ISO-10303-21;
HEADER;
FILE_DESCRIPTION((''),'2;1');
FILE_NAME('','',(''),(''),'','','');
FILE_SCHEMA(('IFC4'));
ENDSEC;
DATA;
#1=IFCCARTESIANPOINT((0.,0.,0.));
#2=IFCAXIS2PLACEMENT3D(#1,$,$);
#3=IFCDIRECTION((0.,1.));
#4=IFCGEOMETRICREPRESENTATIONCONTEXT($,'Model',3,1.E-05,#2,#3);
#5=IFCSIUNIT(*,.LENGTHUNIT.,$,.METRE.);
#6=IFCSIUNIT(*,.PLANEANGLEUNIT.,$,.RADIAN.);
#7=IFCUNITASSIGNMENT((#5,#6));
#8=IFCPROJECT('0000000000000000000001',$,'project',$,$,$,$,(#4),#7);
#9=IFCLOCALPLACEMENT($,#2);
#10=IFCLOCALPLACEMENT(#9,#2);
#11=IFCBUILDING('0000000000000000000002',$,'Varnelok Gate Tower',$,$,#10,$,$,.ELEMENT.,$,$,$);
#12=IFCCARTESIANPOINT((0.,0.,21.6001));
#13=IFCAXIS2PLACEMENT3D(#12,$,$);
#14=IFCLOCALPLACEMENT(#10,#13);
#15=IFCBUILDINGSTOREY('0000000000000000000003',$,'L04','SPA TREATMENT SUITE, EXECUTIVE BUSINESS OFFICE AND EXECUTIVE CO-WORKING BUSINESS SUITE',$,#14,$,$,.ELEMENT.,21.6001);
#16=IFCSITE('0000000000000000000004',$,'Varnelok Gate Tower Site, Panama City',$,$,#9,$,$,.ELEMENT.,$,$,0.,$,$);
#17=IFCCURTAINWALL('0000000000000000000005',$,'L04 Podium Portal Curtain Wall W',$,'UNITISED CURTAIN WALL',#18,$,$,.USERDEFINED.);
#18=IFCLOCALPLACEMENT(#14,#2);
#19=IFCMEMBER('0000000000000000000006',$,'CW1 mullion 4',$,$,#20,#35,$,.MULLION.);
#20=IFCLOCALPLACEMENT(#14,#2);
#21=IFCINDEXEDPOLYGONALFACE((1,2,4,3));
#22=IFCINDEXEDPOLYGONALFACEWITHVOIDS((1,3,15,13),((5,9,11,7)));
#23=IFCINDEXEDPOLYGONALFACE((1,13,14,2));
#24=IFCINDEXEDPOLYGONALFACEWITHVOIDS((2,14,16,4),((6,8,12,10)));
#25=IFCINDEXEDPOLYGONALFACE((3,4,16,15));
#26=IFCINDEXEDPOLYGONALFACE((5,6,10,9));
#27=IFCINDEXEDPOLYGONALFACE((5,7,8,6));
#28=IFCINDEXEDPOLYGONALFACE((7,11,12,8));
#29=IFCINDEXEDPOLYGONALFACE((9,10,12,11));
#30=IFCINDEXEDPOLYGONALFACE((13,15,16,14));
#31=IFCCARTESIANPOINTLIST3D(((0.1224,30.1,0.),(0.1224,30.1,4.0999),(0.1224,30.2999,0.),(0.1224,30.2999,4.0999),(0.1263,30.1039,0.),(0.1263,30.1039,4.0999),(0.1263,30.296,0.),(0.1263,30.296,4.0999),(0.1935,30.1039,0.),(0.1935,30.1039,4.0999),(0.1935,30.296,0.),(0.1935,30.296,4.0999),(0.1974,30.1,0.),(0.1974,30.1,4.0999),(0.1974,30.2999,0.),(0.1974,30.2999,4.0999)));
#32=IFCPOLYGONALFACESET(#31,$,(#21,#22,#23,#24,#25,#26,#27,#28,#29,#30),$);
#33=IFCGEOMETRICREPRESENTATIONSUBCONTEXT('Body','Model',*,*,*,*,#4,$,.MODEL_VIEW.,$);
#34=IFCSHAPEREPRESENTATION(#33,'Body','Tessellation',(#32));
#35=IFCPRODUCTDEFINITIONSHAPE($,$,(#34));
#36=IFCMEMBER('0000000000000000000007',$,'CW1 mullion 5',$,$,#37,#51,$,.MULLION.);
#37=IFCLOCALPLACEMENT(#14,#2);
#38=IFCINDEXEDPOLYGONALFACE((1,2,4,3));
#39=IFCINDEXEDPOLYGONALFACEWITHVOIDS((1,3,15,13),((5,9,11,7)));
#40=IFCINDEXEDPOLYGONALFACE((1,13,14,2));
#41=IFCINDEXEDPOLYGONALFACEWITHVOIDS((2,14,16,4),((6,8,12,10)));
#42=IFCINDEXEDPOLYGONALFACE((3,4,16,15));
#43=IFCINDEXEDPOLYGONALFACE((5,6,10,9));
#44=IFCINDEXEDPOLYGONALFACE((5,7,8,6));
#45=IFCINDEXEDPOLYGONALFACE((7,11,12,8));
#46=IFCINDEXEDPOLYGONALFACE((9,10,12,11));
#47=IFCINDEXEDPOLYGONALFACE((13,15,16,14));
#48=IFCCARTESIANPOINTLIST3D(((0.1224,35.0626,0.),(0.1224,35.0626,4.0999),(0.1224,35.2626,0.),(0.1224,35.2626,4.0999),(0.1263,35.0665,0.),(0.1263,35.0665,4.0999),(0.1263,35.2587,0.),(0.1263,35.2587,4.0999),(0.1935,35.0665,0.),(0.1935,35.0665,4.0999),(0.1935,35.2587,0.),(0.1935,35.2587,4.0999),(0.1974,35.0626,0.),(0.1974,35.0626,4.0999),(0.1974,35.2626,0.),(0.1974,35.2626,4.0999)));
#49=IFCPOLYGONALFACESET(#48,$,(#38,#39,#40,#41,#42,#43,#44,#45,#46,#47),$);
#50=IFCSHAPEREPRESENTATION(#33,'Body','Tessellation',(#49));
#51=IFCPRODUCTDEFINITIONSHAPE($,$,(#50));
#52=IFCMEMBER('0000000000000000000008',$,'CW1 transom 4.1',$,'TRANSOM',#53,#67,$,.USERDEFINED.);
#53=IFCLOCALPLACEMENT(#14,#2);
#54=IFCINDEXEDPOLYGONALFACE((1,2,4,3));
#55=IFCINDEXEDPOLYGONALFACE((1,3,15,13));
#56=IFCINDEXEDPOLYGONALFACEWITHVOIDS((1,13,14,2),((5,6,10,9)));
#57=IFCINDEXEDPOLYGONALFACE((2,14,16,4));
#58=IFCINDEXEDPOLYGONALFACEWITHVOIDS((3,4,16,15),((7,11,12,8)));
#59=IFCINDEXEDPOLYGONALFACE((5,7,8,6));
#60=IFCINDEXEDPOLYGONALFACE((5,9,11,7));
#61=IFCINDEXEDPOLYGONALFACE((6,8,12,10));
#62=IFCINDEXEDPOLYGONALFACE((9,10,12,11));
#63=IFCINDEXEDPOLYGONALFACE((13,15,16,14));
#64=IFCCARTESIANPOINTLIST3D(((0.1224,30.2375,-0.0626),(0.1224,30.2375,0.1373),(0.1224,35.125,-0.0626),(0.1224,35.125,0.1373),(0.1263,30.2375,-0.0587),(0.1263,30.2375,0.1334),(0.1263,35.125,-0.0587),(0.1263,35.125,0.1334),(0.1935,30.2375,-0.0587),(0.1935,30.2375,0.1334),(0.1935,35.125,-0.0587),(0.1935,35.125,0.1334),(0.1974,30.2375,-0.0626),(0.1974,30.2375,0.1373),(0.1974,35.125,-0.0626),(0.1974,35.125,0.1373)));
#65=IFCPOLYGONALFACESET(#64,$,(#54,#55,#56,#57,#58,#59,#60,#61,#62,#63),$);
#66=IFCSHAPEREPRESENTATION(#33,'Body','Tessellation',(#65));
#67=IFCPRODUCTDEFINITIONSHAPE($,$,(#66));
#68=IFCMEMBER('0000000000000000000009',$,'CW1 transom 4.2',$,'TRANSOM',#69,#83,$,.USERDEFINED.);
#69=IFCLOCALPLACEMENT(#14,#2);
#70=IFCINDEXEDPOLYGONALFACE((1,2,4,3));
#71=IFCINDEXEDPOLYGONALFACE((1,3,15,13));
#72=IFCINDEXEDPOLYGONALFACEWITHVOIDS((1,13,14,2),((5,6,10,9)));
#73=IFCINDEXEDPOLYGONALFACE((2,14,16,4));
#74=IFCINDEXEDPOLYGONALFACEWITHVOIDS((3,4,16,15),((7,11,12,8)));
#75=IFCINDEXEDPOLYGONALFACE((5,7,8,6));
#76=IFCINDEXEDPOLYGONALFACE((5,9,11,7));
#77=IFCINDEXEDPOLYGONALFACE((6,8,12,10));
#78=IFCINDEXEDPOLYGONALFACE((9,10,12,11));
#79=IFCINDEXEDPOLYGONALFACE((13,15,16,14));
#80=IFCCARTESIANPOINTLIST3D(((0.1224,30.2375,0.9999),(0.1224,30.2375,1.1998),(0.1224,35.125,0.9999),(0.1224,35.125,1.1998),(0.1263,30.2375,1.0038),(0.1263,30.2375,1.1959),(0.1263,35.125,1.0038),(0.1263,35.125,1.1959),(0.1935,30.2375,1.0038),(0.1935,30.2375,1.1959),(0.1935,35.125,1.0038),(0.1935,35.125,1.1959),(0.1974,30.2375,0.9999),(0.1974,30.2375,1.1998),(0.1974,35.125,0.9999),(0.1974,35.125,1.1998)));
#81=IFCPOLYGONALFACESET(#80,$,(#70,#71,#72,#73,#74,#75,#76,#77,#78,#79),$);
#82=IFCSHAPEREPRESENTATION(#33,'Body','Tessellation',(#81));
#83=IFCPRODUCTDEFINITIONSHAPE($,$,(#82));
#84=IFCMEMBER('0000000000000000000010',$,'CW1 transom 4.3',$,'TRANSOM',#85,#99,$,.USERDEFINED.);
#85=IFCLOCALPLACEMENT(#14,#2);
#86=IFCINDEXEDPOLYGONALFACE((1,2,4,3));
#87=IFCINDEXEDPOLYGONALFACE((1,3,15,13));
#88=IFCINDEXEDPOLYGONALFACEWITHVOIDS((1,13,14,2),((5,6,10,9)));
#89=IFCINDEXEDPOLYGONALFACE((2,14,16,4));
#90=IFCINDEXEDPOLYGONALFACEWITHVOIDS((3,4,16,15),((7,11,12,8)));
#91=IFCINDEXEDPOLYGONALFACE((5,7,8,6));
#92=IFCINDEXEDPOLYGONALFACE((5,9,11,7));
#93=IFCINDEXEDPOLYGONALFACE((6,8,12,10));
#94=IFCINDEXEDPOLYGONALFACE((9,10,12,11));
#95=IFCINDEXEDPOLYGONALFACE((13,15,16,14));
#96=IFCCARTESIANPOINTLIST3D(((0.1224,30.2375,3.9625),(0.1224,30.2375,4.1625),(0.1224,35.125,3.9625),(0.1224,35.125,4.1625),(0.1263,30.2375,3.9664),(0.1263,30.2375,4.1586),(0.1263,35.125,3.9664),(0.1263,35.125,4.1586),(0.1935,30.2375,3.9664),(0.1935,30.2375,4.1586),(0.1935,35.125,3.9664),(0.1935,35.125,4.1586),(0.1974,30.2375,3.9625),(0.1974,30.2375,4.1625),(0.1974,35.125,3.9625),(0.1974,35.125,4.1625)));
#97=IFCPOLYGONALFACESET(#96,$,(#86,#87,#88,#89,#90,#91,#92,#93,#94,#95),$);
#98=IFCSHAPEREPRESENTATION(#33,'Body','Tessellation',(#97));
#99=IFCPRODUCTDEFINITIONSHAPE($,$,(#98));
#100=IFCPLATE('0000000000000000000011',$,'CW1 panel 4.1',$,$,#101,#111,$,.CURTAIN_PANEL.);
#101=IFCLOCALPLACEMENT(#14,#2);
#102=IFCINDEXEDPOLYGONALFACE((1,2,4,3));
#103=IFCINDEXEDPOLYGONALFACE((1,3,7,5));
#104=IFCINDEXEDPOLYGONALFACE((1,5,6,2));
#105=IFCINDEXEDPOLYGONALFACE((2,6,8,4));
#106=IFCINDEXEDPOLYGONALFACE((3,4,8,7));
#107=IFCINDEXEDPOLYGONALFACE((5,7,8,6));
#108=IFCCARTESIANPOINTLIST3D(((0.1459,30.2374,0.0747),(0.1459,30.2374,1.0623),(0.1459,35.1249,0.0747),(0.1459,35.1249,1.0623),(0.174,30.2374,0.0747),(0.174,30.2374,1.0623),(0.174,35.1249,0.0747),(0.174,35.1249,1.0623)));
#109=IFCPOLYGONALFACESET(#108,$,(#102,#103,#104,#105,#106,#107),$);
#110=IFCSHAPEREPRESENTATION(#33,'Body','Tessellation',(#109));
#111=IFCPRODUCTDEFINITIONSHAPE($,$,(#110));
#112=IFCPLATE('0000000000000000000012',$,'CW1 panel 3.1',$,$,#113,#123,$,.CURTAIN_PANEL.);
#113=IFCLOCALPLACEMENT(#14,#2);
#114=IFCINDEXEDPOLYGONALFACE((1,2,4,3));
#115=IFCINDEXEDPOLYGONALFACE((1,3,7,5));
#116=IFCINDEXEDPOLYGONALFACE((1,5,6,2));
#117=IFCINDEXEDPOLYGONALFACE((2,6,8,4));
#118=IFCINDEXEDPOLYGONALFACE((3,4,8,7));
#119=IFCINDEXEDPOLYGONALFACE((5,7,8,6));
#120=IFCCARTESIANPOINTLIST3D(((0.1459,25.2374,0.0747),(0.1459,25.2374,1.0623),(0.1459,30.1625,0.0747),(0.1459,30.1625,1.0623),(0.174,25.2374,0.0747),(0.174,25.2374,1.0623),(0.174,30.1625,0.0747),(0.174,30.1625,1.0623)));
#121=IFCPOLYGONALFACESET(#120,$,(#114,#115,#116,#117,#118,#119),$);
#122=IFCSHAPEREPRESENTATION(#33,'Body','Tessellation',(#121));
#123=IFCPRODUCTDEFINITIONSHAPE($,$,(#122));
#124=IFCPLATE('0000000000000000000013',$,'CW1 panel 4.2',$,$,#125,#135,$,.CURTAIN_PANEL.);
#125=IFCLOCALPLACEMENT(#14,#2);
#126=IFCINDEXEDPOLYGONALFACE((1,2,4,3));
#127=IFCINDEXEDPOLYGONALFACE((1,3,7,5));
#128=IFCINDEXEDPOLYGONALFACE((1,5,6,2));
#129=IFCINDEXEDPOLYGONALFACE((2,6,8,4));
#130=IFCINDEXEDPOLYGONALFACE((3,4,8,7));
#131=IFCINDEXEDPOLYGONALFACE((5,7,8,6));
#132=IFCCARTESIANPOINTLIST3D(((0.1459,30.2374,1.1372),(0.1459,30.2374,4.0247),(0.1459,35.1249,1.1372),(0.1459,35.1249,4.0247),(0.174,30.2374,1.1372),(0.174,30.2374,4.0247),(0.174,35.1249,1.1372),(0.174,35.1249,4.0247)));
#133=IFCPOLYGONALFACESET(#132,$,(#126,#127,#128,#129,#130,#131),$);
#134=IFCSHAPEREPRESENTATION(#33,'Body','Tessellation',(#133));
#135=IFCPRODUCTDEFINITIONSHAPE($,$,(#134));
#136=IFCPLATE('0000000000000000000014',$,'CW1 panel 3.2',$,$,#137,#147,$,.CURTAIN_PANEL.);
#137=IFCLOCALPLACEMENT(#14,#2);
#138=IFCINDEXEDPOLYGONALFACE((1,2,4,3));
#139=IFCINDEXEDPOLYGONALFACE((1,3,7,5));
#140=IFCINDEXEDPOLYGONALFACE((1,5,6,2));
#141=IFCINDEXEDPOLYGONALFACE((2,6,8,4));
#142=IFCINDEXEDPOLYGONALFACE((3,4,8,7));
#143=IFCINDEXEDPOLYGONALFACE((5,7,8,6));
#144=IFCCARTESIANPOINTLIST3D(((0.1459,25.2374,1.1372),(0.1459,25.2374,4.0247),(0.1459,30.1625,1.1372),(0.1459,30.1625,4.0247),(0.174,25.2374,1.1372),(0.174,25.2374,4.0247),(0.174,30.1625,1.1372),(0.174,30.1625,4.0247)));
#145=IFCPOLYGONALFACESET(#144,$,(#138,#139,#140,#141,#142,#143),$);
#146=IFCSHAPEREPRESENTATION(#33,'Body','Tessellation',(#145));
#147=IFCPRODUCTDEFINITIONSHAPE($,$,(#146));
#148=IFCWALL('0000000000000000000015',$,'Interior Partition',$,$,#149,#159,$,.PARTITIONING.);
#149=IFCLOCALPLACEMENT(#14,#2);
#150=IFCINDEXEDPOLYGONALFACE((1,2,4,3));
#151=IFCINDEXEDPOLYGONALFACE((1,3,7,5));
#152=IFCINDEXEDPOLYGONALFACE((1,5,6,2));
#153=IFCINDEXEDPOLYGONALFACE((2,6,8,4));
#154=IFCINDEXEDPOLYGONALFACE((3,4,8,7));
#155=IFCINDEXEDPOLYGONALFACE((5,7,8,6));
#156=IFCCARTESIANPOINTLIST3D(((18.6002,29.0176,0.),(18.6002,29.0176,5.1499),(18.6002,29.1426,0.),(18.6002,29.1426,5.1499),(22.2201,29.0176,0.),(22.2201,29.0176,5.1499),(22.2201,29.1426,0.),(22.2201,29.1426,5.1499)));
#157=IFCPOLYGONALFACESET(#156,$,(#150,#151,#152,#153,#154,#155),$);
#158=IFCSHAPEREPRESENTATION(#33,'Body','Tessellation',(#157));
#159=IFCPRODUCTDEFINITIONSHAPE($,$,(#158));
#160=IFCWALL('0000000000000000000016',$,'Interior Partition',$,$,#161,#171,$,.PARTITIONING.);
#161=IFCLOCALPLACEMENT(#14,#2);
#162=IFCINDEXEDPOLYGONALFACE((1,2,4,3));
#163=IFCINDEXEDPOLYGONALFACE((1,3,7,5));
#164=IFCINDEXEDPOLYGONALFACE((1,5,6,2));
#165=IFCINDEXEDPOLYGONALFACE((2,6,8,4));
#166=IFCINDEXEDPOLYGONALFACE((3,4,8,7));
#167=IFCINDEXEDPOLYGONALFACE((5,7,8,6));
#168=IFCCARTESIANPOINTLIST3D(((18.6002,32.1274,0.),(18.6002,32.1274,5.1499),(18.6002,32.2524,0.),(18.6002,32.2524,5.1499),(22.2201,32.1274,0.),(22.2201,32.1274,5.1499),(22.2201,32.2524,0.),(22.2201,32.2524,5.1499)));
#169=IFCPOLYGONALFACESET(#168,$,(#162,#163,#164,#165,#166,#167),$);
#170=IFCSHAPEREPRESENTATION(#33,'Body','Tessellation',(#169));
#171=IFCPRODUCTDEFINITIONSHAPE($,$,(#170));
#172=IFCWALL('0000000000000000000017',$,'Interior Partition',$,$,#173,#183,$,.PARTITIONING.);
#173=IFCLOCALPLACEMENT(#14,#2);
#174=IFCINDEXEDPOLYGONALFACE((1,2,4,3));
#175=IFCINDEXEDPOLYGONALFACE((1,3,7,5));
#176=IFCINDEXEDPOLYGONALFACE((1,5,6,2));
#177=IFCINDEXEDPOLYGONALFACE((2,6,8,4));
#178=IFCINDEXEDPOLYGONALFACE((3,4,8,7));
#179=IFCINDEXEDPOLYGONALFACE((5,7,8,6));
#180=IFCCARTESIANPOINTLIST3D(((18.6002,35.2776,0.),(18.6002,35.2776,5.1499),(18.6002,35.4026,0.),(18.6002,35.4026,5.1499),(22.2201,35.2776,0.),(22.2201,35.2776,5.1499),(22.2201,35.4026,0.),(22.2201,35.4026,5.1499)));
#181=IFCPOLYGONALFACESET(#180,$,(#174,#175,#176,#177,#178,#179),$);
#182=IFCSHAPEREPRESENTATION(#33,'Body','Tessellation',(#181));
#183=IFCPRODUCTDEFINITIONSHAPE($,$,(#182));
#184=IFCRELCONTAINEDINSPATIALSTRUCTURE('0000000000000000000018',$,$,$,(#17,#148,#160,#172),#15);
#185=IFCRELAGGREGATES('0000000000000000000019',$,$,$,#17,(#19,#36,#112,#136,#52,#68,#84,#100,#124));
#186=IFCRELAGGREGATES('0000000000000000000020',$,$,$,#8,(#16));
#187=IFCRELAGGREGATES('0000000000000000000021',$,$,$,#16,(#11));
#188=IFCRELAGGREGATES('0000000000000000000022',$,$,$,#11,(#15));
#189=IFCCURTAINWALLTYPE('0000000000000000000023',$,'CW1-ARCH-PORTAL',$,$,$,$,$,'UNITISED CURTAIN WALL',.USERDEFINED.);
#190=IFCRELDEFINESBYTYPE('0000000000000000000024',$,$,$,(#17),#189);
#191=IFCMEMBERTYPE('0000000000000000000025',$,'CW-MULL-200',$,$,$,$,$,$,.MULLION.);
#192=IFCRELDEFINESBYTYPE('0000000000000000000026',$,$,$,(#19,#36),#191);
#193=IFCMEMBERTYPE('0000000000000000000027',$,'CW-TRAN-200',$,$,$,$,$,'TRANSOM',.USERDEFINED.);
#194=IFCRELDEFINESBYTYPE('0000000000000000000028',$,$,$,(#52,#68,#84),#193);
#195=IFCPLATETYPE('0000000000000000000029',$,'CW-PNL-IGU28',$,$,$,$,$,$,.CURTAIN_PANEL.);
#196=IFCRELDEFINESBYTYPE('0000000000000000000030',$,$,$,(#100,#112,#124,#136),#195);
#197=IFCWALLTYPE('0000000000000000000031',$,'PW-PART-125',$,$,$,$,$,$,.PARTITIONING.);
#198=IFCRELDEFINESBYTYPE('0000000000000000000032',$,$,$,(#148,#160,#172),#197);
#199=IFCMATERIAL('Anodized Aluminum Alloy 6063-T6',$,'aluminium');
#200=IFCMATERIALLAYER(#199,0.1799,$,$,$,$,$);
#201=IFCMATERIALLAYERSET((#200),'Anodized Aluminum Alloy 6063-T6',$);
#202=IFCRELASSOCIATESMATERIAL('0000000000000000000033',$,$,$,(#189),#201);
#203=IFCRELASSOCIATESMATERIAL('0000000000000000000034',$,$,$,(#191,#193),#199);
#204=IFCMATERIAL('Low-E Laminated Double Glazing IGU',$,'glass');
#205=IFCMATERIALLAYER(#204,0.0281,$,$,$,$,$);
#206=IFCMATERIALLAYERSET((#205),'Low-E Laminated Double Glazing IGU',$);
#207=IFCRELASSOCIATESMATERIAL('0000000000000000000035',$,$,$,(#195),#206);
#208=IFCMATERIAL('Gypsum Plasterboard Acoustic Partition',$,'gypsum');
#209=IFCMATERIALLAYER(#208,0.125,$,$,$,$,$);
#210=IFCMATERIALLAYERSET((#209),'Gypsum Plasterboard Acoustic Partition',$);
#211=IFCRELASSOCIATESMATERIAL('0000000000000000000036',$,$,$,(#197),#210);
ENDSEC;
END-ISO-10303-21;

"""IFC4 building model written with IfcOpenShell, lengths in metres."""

from ifc_helpers import new_model, si_unit, direction, frame, frame_2d, origin, origin_2d, place, context, subcontext, project, spatial, rectangle, hollow_rectangle, extrude, source, transform, mapped, material, layer, layer_set, material_profile, profile_set, type_object, element, aggregate, save


model = new_model("IFC4")

# Units and contexts
model_context = context("Model", 3, precision=1e-05, world=origin(), true_north=direction((0.0, 1.0)))
body_context = subcontext(model_context, "Body", "Model", "MODEL_VIEW")
ifc_project = project(units=[si_unit("LENGTHUNIT", "METRE"), si_unit("PLANEANGLEUNIT", "RADIAN")], contexts=[model_context])

# Site, building, storey
site_placement = place(None, origin())
site = spatial("IfcSite", under=ifc_project, at=site_placement, Name="Varnelok Gate Tower Site, Panama City", CompositionType="ELEMENT", RefElevation=0.0)
building_placement = place(site_placement, origin())
building = spatial("IfcBuilding", under=site, at=building_placement, Name="Varnelok Gate Tower", CompositionType="ELEMENT")
storey_placement = place(building_placement, frame((0.0, 0.0, 21.6001)))
storey = spatial("IfcBuildingStorey", under=building, at=storey_placement, Name="L04", Description="SPA TREATMENT SUITE, EXECUTIVE BUSINESS OFFICE AND EXECUTIVE CO-WORKING BUSINESS SUITE", CompositionType="ELEMENT", Elevation=21.6001)

# Curtain wall, members, plates
ifc_material_1 = material(Name="Anodized Aluminum Alloy 6063-T6", Category="aluminium")
ifc_layer_1 = layer(ifc_material_1, 0.1799)
ifc_layer_set_1 = layer_set([ifc_layer_1], Name="Anodized Aluminum Alloy 6063-T6")
curtain_wall_type = type_object("IfcCurtainWallType", Name="CW1-ARCH-PORTAL", ElementType="UNITISED CURTAIN WALL", PredefinedType="USERDEFINED", material=ifc_layer_set_1)
curtain_wall_placement = place(storey_placement, origin())
curtain_wall = element("IfcCurtainWall", 1, at=curtain_wall_placement, inside=storey, type_object=curtain_wall_type, Name="L04 Podium Portal Curtain Wall W", ObjectType="UNITISED CURTAIN WALL", PredefinedType="USERDEFINED")
ifc_material_profile_1 = material_profile(ifc_material_1, hollow_rectangle(XDim=0.075, YDim=0.2, WallThickness=0.0039, at=origin_2d()), Name="ALU200X75X4")
ifc_profile_set_1 = profile_set([ifc_material_profile_1], Name="Anodized Aluminum Alloy 6063-T6")
member_type_1 = type_object("IfcMemberType", Name="CW-MULL-200", PredefinedType="MULLION", material=ifc_profile_set_1)
member_1_placement = place(storey_placement, frame((0.1599, 30.2, 0.0), z_axis=(0.0, 0.0, 1.0), x_axis=(-1.0, 0.0, 0.0)))
member_1 = element("IfcMember", 2, at=member_1_placement, type_object=member_type_1, Name="CW1 mullion 4", PredefinedType="MULLION", context=body_context, shape_type="SweptSolid", body=[
    extrude(hollow_rectangle(XDim=0.075, YDim=0.2, WallThickness=0.0039, at=origin_2d()), origin(), (0.0, 0.0, 1.0), 4.0999),
])
member_2_placement = place(storey_placement, frame((0.1599, 35.1626, 0.0), z_axis=(0.0, 0.0, 1.0), x_axis=(-1.0, 0.0, 0.0)))
member_2 = element("IfcMember", 3, at=member_2_placement, type_object=member_type_1, Name="CW1 mullion 5", PredefinedType="MULLION", context=body_context, shape_type="SweptSolid", body=[
    extrude(hollow_rectangle(XDim=0.075, YDim=0.2, WallThickness=0.0039, at=origin_2d()), origin(), (0.0, 0.0, 1.0), 4.0999),
])
ifc_material_profile_2 = material_profile(ifc_material_1, hollow_rectangle(XDim=0.075, YDim=0.2, WallThickness=0.0039, at=origin_2d()), Name="ALU200X75X4")
ifc_profile_set_2 = profile_set([ifc_material_profile_2], Name="Anodized Aluminum Alloy 6063-T6")
member_type_2 = type_object("IfcMemberType", Name="CW-TRAN-200", ElementType="TRANSOM", PredefinedType="USERDEFINED", material=ifc_profile_set_2)
member_3_placement = place(storey_placement, frame((0.1599, 30.2375, 0.0374), z_axis=(0.0, 1.0, 0.0), x_axis=(-1.0, 0.0, 0.0)))
member_3 = element("IfcMember", 4, at=member_3_placement, type_object=member_type_2, Name="CW1 transom 4.1", ObjectType="TRANSOM", PredefinedType="USERDEFINED", context=body_context, shape_type="SweptSolid", body=[
    extrude(hollow_rectangle(XDim=0.075, YDim=0.2, WallThickness=0.0039, at=origin_2d()), origin(), (0.0, 0.0, 1.0), 4.8875),
])
member_4_placement = place(storey_placement, frame((0.1599, 30.2375, 1.0999), z_axis=(0.0, 1.0, 0.0), x_axis=(-1.0, 0.0, 0.0)))
member_4 = element("IfcMember", 5, at=member_4_placement, type_object=member_type_2, Name="CW1 transom 4.2", ObjectType="TRANSOM", PredefinedType="USERDEFINED", context=body_context, shape_type="SweptSolid", body=[
    extrude(hollow_rectangle(XDim=0.075, YDim=0.2, WallThickness=0.0039, at=origin_2d()), origin(), (0.0, 0.0, 1.0), 4.8875),
])
member_5_placement = place(storey_placement, frame((0.1599, 30.2375, 4.0625), z_axis=(0.0, 1.0, 0.0), x_axis=(-1.0, 0.0, 0.0)))
member_5 = element("IfcMember", 6, at=member_5_placement, type_object=member_type_2, Name="CW1 transom 4.3", ObjectType="TRANSOM", PredefinedType="USERDEFINED", context=body_context, shape_type="SweptSolid", body=[
    extrude(hollow_rectangle(XDim=0.075, YDim=0.2, WallThickness=0.0039, at=origin_2d()), origin(), (0.0, 0.0, 1.0), 4.8875),
])
ifc_material_2 = material(Name="Low-E Laminated Double Glazing IGU", Category="glass")
ifc_layer_2 = layer(ifc_material_2, 0.0281)
ifc_layer_set_2 = layer_set([ifc_layer_2], Name="Low-E Laminated Double Glazing IGU")
plate_type = type_object("IfcPlateType", Name="CW-PNL-IGU28", PredefinedType="CURTAIN_PANEL", material=ifc_layer_set_2)
shared_shape_1 = source(origin(), body_context, "Body", "SweptSolid", [
    extrude(rectangle(XDim=4.8875, YDim=0.0281, at=origin_2d()), origin(), (0.0, 0.0, 1.0), 0.9875),
])
plate_1_placement = place(storey_placement, frame((0.1599, 32.6812, 0.0747), z_axis=(0.0, 0.0, 1.0), x_axis=(0.0, 1.0, 0.0)))
plate_1 = element("IfcPlate", 7, at=plate_1_placement, type_object=plate_type, Name="CW1 panel 4.1", PredefinedType="CURTAIN_PANEL", context=body_context, shape_type="MappedRepresentation", body=[
    mapped(shared_shape_1, transform((0.0, 0.0, 0.0), scale=1.0)),
])
shared_shape_2 = source(origin(), body_context, "Body", "SweptSolid", [
    extrude(rectangle(XDim=4.925, YDim=0.0281, at=origin_2d()), origin(), (0.0, 0.0, 1.0), 0.9875),
])
plate_2_placement = place(storey_placement, frame((0.1599, 27.7, 0.0747), z_axis=(0.0, 0.0, 1.0), x_axis=(0.0, 1.0, 0.0)))
plate_2 = element("IfcPlate", 8, at=plate_2_placement, type_object=plate_type, Name="CW1 panel 3.1", PredefinedType="CURTAIN_PANEL", context=body_context, shape_type="MappedRepresentation", body=[
    mapped(shared_shape_2, transform((0.0, 0.0, 0.0), scale=1.0)),
])
shared_shape_3 = source(origin(), body_context, "Body", "SweptSolid", [
    extrude(rectangle(XDim=4.8875, YDim=0.0281, at=origin_2d()), origin(), (0.0, 0.0, 1.0), 2.8875),
])
plate_3_placement = place(storey_placement, frame((0.1599, 32.6812, 1.1372), z_axis=(0.0, 0.0, 1.0), x_axis=(0.0, 1.0, 0.0)))
plate_3 = element("IfcPlate", 9, at=plate_3_placement, type_object=plate_type, Name="CW1 panel 4.2", PredefinedType="CURTAIN_PANEL", context=body_context, shape_type="MappedRepresentation", body=[
    mapped(shared_shape_3, transform((0.0, 0.0, 0.0), scale=1.0)),
])
shared_shape_4 = source(origin(), body_context, "Body", "SweptSolid", [
    extrude(rectangle(XDim=4.925, YDim=0.0281, at=origin_2d()), origin(), (0.0, 0.0, 1.0), 2.8875),
])
plate_4_placement = place(storey_placement, frame((0.1599, 27.7, 1.1372), z_axis=(0.0, 0.0, 1.0), x_axis=(0.0, 1.0, 0.0)))
plate_4 = element("IfcPlate", 10, at=plate_4_placement, type_object=plate_type, Name="CW1 panel 3.2", PredefinedType="CURTAIN_PANEL", context=body_context, shape_type="MappedRepresentation", body=[
    mapped(shared_shape_4, transform((0.0, 0.0, 0.0), scale=1.0)),
])
aggregate(curtain_wall, [member_1, member_2, plate_2, plate_4, member_3, member_4, member_5, plate_1, plate_3])

# Walls
ifc_material_3 = material(Name="Gypsum Plasterboard Acoustic Partition", Category="gypsum")
ifc_layer_3 = layer(ifc_material_3, 0.125)
ifc_layer_set_3 = layer_set([ifc_layer_3], Name="Gypsum Plasterboard Acoustic Partition")
wall_type_1 = type_object("IfcWallType", Name="PW-PART-125", PredefinedType="PARTITIONING", material=ifc_layer_set_3)
for number, where, z_axis, x_axis, name in (
    (11, (18.6001, 29.0801, 0.0), (0.0, 0.0, 1.0), (1.0, 0.0, 0.0), "Interior Partition"),
    (12, (18.6001, 32.1899, 0.0), (0.0, 0.0, 1.0), (1.0, 0.0, 0.0), "Interior Partition"),
    (13, (18.6001, 35.3401, 0.0), (0.0, 0.0, 1.0), (1.0, 0.0, 0.0), "Interior Partition"),
):
    element("IfcWall", number, at=place(storey_placement, frame(where, z_axis=z_axis, x_axis=x_axis)), inside=storey, type_object=wall_type_1, Name=name, PredefinedType="PARTITIONING", context=body_context, shape_type="SweptSolid", body=[
        extrude(rectangle(XDim=3.6199, YDim=0.125, at=frame_2d((1.8101, 0.0))), origin(), (0.0, 0.0, 1.0), 5.1499),
    ])

save(model, "model.ifc")
